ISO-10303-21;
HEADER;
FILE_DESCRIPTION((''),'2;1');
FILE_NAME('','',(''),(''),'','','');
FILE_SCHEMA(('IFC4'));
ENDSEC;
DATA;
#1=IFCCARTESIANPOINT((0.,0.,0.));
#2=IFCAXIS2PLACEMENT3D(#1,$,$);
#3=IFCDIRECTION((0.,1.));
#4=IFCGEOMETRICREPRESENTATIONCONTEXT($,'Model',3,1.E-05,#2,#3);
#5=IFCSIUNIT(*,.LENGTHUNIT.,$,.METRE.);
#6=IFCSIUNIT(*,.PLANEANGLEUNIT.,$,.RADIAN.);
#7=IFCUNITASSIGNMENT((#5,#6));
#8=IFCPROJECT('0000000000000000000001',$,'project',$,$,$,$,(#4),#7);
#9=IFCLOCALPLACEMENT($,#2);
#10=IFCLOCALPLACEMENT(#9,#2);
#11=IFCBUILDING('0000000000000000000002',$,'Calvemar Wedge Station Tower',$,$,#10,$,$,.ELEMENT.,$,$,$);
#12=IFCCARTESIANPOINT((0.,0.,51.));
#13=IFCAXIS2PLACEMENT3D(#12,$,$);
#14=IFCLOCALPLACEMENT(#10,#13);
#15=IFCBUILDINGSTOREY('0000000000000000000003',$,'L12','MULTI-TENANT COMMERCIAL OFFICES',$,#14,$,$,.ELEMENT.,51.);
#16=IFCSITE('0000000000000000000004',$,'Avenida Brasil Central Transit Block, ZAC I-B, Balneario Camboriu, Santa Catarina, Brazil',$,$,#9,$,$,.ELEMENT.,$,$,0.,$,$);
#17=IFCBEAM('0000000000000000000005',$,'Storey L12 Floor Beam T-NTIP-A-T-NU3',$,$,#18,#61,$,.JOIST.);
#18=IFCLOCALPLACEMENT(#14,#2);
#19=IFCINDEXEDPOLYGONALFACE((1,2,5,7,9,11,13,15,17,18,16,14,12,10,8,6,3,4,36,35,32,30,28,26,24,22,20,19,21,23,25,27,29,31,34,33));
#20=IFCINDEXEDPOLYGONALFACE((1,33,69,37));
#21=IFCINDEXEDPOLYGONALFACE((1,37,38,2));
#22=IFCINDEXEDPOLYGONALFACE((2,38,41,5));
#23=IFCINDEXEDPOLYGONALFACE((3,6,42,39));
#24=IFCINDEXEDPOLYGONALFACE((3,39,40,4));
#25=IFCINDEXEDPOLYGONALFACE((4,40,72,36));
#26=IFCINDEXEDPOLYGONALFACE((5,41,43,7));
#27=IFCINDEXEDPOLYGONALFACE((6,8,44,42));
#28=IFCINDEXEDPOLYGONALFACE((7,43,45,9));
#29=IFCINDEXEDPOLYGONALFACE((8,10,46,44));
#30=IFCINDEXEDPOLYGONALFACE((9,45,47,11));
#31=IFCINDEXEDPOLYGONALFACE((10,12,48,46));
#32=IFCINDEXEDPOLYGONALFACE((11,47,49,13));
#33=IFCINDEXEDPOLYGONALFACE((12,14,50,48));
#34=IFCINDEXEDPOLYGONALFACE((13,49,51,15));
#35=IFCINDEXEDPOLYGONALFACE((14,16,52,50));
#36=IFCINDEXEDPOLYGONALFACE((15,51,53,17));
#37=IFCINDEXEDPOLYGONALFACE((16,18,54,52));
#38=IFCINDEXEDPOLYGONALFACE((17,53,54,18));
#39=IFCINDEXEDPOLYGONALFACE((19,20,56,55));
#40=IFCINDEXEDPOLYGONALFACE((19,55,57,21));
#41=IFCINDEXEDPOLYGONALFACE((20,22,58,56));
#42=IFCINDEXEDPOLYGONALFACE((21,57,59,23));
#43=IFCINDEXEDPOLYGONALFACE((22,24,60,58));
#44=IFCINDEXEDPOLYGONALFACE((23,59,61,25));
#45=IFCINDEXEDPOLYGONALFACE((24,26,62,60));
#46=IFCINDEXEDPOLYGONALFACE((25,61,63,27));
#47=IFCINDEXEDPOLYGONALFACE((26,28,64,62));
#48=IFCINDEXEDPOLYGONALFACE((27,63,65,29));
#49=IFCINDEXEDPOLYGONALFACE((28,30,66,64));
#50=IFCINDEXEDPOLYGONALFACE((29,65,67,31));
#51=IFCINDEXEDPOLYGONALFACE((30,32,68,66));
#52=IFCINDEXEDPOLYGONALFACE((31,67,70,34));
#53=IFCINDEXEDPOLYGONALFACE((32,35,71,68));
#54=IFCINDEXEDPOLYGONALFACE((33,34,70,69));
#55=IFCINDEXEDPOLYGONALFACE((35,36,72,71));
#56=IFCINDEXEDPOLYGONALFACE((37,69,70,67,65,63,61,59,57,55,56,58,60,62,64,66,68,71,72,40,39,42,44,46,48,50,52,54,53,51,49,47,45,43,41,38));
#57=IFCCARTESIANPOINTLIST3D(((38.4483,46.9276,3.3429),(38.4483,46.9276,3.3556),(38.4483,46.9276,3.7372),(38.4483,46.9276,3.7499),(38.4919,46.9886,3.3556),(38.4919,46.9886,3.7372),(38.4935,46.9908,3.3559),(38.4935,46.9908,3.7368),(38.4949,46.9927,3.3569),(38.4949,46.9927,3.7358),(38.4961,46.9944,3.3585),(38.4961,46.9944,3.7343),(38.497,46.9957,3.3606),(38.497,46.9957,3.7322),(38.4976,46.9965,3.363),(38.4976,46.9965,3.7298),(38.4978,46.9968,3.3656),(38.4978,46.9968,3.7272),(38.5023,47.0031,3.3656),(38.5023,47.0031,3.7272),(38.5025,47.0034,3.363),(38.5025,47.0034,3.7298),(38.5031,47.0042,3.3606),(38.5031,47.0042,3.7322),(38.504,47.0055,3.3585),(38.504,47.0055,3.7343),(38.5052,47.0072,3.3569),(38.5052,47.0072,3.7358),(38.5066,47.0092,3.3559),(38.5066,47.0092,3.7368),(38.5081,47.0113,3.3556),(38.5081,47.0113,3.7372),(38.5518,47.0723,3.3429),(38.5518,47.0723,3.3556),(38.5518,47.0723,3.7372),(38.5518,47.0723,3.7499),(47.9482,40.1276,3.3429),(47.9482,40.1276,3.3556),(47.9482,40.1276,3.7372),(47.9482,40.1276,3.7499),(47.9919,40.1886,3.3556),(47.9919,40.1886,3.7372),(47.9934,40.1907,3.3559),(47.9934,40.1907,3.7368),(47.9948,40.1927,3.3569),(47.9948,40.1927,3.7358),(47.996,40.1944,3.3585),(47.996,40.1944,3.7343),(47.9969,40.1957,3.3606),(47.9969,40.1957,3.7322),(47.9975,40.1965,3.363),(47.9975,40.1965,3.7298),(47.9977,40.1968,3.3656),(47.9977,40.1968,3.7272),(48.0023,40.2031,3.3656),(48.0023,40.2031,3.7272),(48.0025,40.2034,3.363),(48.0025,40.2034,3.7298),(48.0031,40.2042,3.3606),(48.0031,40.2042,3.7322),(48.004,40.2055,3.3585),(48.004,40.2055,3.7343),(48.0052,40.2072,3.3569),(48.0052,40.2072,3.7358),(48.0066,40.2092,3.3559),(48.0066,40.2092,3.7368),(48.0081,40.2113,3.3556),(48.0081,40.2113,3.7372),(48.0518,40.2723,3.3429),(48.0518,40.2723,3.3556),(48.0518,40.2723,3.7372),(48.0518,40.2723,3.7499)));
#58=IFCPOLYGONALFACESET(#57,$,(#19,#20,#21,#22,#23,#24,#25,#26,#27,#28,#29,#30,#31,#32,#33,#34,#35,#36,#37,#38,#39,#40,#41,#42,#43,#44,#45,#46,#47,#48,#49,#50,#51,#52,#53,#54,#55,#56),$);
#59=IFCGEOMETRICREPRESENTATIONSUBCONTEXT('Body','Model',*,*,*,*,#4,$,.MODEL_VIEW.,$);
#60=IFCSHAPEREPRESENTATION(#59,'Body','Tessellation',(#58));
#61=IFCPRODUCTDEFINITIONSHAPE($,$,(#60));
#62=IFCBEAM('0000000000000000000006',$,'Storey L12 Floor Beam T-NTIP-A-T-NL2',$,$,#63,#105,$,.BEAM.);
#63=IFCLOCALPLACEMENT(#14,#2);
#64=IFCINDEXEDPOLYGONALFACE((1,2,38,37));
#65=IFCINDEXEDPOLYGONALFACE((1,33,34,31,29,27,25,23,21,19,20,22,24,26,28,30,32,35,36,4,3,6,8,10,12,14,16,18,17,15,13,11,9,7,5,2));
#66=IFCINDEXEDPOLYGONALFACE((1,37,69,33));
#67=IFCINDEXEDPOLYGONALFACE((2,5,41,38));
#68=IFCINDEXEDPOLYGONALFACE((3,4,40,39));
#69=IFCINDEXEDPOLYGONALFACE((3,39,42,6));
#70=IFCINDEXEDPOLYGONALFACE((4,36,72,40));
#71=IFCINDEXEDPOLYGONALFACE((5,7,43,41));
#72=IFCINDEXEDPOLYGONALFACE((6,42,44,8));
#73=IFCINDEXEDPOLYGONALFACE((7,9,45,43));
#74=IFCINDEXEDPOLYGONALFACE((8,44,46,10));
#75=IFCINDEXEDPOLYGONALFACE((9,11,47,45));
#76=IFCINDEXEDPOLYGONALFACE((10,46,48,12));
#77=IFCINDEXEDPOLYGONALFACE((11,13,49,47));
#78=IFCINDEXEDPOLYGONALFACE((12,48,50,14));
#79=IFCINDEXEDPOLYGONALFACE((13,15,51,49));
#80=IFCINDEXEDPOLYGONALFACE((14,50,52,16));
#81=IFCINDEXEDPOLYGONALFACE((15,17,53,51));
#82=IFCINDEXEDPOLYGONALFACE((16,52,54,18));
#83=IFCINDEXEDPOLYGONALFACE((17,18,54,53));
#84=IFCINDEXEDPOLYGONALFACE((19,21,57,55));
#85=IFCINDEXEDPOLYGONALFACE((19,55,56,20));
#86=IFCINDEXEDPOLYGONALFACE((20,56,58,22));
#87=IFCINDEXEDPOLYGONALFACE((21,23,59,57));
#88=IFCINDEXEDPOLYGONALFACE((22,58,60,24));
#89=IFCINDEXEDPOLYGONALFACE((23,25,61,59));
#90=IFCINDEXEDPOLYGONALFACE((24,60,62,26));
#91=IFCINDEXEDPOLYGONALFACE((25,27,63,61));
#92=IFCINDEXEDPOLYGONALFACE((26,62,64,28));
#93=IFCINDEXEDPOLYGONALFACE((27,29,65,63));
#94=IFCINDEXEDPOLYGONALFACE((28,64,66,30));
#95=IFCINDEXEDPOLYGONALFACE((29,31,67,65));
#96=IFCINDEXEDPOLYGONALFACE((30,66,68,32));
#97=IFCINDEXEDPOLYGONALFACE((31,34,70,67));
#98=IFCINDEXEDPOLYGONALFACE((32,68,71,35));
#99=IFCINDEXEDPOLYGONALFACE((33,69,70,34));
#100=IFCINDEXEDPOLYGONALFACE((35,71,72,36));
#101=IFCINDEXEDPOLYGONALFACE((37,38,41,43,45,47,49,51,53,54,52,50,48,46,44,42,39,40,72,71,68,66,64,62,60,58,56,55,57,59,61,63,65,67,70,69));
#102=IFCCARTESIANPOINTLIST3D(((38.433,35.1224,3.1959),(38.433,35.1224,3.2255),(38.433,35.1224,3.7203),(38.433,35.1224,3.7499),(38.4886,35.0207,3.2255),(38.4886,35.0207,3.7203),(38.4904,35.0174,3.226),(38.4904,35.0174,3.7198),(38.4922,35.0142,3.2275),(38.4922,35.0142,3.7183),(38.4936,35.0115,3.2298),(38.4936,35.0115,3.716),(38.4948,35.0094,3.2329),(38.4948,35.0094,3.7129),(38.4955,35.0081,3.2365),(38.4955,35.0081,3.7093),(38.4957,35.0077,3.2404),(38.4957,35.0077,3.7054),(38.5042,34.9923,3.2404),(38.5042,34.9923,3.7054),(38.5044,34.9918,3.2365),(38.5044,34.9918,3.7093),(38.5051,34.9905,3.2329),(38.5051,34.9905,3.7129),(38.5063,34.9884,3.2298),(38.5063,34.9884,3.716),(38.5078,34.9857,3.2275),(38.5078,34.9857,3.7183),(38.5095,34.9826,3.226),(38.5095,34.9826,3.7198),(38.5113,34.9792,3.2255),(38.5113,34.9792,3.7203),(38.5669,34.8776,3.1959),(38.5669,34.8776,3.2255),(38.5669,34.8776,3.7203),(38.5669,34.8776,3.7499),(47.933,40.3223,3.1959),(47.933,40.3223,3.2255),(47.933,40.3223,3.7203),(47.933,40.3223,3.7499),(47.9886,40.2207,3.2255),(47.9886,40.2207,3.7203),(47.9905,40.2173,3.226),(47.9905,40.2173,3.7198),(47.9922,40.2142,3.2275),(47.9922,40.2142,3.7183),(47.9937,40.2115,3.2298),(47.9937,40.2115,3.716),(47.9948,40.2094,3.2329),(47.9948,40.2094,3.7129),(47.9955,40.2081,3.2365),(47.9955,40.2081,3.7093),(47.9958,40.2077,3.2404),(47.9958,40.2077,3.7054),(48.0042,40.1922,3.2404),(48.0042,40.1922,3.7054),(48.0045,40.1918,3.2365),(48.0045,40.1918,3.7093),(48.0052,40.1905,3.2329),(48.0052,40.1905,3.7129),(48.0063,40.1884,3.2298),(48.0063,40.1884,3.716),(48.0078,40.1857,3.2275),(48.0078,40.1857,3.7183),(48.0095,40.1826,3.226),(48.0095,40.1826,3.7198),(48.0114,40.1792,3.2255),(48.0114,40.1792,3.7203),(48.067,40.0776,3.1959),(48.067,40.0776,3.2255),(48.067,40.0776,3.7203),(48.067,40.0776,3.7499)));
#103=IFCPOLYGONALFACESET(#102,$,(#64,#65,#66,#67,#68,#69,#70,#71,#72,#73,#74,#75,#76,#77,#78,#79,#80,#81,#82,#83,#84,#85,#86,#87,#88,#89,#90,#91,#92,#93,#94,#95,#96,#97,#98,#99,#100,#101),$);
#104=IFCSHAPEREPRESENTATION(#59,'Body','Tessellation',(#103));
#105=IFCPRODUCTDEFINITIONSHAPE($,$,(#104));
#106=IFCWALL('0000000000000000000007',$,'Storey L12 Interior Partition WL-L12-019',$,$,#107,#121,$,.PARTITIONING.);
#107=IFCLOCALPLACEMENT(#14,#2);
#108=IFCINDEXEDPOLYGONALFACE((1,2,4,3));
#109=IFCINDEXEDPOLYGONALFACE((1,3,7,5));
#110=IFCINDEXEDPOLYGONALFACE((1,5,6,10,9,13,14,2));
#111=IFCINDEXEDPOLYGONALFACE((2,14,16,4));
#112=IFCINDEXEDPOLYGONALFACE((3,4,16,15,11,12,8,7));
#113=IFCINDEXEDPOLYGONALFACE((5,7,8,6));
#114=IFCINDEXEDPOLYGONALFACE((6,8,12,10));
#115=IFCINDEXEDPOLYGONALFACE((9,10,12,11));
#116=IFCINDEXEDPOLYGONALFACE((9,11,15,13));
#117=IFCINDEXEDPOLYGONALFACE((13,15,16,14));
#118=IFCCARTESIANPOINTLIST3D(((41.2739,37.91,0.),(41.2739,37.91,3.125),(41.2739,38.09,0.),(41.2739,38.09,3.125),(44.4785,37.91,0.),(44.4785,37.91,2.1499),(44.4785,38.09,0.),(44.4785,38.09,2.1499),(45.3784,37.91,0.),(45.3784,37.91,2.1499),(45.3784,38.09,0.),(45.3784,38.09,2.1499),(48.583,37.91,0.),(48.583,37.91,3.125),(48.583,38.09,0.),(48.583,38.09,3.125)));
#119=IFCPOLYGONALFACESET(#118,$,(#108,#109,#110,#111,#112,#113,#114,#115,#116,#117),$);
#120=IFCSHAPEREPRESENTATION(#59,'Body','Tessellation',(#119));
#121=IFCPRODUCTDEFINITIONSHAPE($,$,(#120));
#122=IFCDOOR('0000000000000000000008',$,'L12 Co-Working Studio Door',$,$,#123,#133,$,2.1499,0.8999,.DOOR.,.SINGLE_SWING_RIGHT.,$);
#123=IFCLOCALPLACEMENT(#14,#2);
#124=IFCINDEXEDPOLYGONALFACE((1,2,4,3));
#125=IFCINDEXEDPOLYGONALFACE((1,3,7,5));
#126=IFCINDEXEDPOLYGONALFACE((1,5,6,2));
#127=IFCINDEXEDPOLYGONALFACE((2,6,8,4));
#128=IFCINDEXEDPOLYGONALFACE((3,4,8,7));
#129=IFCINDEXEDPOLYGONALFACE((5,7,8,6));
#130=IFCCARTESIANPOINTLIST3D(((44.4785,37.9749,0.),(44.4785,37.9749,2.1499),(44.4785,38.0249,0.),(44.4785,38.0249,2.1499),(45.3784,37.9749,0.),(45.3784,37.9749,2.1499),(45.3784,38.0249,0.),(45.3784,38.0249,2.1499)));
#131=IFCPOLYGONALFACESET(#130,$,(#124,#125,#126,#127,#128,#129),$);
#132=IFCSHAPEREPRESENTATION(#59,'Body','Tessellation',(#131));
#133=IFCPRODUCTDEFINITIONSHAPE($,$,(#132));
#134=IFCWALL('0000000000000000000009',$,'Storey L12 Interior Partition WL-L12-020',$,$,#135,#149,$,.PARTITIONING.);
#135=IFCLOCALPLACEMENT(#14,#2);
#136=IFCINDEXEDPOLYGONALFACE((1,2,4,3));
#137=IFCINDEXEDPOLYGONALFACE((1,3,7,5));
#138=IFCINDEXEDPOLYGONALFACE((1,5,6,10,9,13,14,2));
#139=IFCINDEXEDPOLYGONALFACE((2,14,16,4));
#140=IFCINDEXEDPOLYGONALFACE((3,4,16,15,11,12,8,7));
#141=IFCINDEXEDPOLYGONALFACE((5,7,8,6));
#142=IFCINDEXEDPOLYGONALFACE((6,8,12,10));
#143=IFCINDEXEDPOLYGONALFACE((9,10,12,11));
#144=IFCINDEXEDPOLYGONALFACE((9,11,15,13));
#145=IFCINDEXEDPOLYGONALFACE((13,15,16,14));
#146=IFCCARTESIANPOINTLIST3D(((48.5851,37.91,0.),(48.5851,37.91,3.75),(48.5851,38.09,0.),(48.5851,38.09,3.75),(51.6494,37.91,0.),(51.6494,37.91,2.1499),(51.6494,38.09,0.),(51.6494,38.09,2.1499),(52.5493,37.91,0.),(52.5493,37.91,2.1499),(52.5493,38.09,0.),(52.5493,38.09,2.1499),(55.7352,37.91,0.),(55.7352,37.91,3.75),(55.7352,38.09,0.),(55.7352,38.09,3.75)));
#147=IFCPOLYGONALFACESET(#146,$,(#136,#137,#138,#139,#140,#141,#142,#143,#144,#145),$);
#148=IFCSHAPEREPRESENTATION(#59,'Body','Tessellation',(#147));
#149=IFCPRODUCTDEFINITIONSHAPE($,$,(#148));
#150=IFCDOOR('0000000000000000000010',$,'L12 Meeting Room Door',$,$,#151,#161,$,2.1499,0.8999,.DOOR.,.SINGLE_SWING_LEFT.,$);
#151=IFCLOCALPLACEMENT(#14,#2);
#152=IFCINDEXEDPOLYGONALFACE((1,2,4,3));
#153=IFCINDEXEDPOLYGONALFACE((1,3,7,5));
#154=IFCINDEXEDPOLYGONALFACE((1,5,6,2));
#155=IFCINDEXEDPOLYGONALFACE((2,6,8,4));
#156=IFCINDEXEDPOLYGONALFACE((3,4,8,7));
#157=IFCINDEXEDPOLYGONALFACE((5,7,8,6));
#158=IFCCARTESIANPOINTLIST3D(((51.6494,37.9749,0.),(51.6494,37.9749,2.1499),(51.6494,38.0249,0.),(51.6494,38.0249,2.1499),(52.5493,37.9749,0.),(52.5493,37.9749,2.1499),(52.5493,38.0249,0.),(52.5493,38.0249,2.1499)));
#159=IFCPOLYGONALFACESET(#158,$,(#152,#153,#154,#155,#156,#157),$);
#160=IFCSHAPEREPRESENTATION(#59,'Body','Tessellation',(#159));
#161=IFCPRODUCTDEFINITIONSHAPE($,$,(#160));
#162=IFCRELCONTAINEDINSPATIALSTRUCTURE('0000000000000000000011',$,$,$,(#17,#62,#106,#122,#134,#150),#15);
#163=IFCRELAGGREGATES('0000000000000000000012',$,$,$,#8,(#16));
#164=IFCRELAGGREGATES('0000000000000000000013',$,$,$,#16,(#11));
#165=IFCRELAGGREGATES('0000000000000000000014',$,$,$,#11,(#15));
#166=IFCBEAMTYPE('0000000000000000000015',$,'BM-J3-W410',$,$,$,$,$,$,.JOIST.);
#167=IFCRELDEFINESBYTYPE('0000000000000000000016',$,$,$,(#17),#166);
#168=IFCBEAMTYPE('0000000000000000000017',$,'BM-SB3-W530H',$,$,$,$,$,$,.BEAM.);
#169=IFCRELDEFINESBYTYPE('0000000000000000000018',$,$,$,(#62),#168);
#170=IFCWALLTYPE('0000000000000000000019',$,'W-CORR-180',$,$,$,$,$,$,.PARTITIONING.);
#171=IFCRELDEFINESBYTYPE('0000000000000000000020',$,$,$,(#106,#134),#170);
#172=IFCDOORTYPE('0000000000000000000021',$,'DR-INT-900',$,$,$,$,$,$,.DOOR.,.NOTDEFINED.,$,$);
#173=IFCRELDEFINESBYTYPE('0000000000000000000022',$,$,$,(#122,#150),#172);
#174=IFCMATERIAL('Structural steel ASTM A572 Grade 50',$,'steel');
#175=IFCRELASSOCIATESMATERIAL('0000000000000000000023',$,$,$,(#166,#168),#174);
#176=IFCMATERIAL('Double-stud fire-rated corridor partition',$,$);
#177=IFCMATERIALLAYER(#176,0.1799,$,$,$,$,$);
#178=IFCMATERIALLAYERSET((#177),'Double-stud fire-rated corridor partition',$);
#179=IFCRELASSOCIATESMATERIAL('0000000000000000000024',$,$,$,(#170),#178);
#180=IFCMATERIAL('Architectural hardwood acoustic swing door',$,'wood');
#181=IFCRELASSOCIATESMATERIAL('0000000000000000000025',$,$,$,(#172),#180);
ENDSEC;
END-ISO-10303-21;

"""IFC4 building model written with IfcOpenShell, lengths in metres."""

from ifc_helpers import new_model, si_unit, direction, frame, frame_2d, origin, origin_2d, place, context, subcontext, project, spatial, rectangle, i_section, extrude, source, transform, mapped, material, layer, layer_set, material_profile, profile_set, type_object, element, fill, save


model = new_model("IFC4")

# Units and contexts
model_context = context("Model", 3, precision=1e-05, world=origin(), true_north=direction((0.0, 1.0)))
body_context = subcontext(model_context, "Body", "Model", "MODEL_VIEW")
ifc_project = project(units=[si_unit("LENGTHUNIT", "METRE"), si_unit("PLANEANGLEUNIT", "RADIAN")], contexts=[model_context])

# Site, building, storey
site_placement = place(None, origin())
site = spatial("IfcSite", under=ifc_project, at=site_placement, Name="Avenida Brasil Central Transit Block, ZAC I-B, Balneario Camboriu, Santa Catarina, Brazil", CompositionType="ELEMENT", RefElevation=0.0)
building_placement = place(site_placement, origin())
building = spatial("IfcBuilding", under=site, at=building_placement, Name="Calvemar Wedge Station Tower", CompositionType="ELEMENT")
storey_placement = place(building_placement, frame((0.0, 0.0, 51.0)))
storey = spatial("IfcBuildingStorey", under=building, at=storey_placement, Name="L12", Description="MULTI-TENANT COMMERCIAL OFFICES", CompositionType="ELEMENT", Elevation=51.0)

# Shared definitions
ifc_material_1 = material(Name="Structural steel ASTM A572 Grade 50", Category="steel")

# Beams
ifc_material_profile_1 = material_profile(ifc_material_1, i_section(OverallWidth=0.178, OverallDepth=0.407, WebThickness=0.0078, FlangeThickness=0.0127, FilletRadius=0.01, at=origin_2d()), Name="W410x60")
ifc_profile_set_1 = profile_set([ifc_material_profile_1], Name="Structural steel ASTM A572 Grade 50")
beam_type_1 = type_object("IfcBeamType", Name="BM-J3-W410", PredefinedType="JOIST", material=ifc_profile_set_1)
shared_shape_1 = source(origin(), body_context, "Body", "SweptSolid", [
    extrude(i_section(OverallWidth=0.178, OverallDepth=0.407, WebThickness=0.0078, FlangeThickness=0.0127, FilletRadius=0.01, at=origin_2d()), origin(), (0.0, 0.0, 1.0), 11.6829),
])
beam_1_placement = place(storey_placement, frame((48.0, 40.2, 3.5464), z_axis=(-0.813153, 0.58205, 0.0), x_axis=(-0.58205, -0.813153, 0.0)))
element("IfcBeam", 1, at=beam_1_placement, inside=storey, type_object=beam_type_1, Name="Storey L12 Floor Beam T-NTIP-A-T-NU3", PredefinedType="JOIST", context=body_context, shape_type="MappedRepresentation", body=[
    mapped(shared_shape_1, transform((0.0, 0.0, 0.0), scale=1.0)),
])
ifc_material_profile_2 = material_profile(ifc_material_1, i_section(OverallWidth=0.2791, OverallDepth=0.554, WebThickness=0.0176, FlangeThickness=0.0295, FilletRadius=0.0149, at=origin_2d()), Name="W530x196")
ifc_profile_set_2 = profile_set([ifc_material_profile_2], Name="Structural steel ASTM A572 Grade 50")
beam_type_2 = type_object("IfcBeamType", Name="BM-SB3-W530H", PredefinedType="BEAM", material=ifc_profile_set_2)
shared_shape_2 = source(origin(), body_context, "Body", "SweptSolid", [
    extrude(i_section(OverallWidth=0.2791, OverallDepth=0.554, WebThickness=0.0176, FlangeThickness=0.0295, FilletRadius=0.0149, at=origin_2d()), origin(), (0.0, 0.0, 1.0), 10.8301),
])
beam_2_placement = place(storey_placement, frame((48.0, 40.2, 3.4729), z_axis=(-0.877191, -0.480142, 0.0), x_axis=(0.480142, -0.877191, 0.0)))
element("IfcBeam", 2, at=beam_2_placement, inside=storey, type_object=beam_type_2, Name="Storey L12 Floor Beam T-NTIP-A-T-NL2", PredefinedType="BEAM", context=body_context, shape_type="MappedRepresentation", body=[
    mapped(shared_shape_2, transform((0.0, 0.0, 0.0), scale=1.0)),
])

# Walls, openings, doors
ifc_material_2 = material(Name="Double-stud fire-rated corridor partition")
ifc_layer_1 = layer(ifc_material_2, 0.1799)
ifc_layer_set_1 = layer_set([ifc_layer_1], Name="Double-stud fire-rated corridor partition")
wall_type_1 = type_object("IfcWallType", Name="W-CORR-180", PredefinedType="PARTITIONING", material=ifc_layer_set_1)
wall_1_placement = place(storey_placement, frame((41.2739, 38.0, 0.0), z_axis=(0.0, 0.0, 1.0), x_axis=(1.0, 0.0, 0.0)))
wall_1 = element("IfcWall", 3, at=wall_1_placement, inside=storey, type_object=wall_type_1, Name="Storey L12 Interior Partition WL-L12-019", PredefinedType="PARTITIONING", context=body_context, shape_type="SweptSolid", body=[
    extrude(rectangle(XDim=7.3091, YDim=0.1799, at=frame_2d((3.6545, 0.0))), origin(), (0.0, 0.0, 1.0), 3.125),
])
shared_shape_3 = source(origin(), body_context, "Body", "SweptSolid", [
    extrude(rectangle(XDim=0.8999, YDim=2.1499, at=frame_2d((0.45, 1.075))), frame((0.0, 0.1001, 0.0), z_axis=(0.0, -1.0, 0.0), x_axis=(1.0, 0.0, 0.0)), (0.0, 0.0, 1.0), 0.2),
])
opening_1_placement = place(wall_1_placement, frame((3.2046, 0.0, 0.0)))
opening_1 = element("IfcOpeningElement", 4, at=opening_1_placement, cuts=wall_1, PredefinedType="OPENING", context=body_context, shape_type="MappedRepresentation", body=[
    mapped(shared_shape_3, transform((0.0, 0.0, 0.0), scale=1.0)),
])
ifc_material_3 = material(Name="Architectural hardwood acoustic swing door", Category="wood")
door_type = type_object("IfcDoorType", Name="DR-INT-900", OperationType="NOTDEFINED", PredefinedType="DOOR", material=ifc_material_3)
shared_shape_4 = source(origin(), body_context, "Body", "SweptSolid", [
    extrude(rectangle(XDim=0.8999, YDim=2.1499, at=frame_2d((0.45, 1.075))), frame((0.0, 0.0249, 0.0), z_axis=(0.0, -1.0, 0.0), x_axis=(1.0, 0.0, 0.0)), (0.0, 0.0, 1.0), 0.05),
])
door_1_placement = place(opening_1_placement, origin())
door_1 = element("IfcDoor", 5, at=door_1_placement, inside=storey, type_object=door_type, Name="L12 Co-Working Studio Door", OperationType="SINGLE_SWING_RIGHT", OverallHeight=2.1499, OverallWidth=0.8999, PredefinedType="DOOR", context=body_context, shape_type="MappedRepresentation", body=[
    mapped(shared_shape_4, transform((0.0, 0.0, 0.0), scale=1.0)),
])
fill(opening_1, door_1)
wall_2_placement = place(storey_placement, frame((48.585, 38.0, 0.0), z_axis=(0.0, 0.0, 1.0), x_axis=(1.0, 0.0, 0.0)))
wall_2 = element("IfcWall", 6, at=wall_2_placement, inside=storey, type_object=wall_type_1, Name="Storey L12 Interior Partition WL-L12-020", PredefinedType="PARTITIONING", context=body_context, shape_type="SweptSolid", body=[
    extrude(rectangle(XDim=7.1501, YDim=0.1799, at=frame_2d((3.5752, 0.0))), origin(), (0.0, 0.0, 1.0), 3.75),
])
opening_2_placement = place(wall_2_placement, frame((3.0645, 0.0, 0.0)))
opening_2 = element("IfcOpeningElement", 7, at=opening_2_placement, cuts=wall_2, PredefinedType="OPENING", context=body_context, shape_type="MappedRepresentation", body=[
    mapped(shared_shape_3, transform((0.0, 0.0, 0.0), scale=1.0)),
])
door_2_placement = place(opening_2_placement, origin())
door_2 = element("IfcDoor", 8, at=door_2_placement, inside=storey, type_object=door_type, Name="L12 Meeting Room Door", OperationType="SINGLE_SWING_LEFT", OverallHeight=2.1499, OverallWidth=0.8999, PredefinedType="DOOR", context=body_context, shape_type="MappedRepresentation", body=[
    mapped(shared_shape_4, transform((0.0, 0.0, 0.0), scale=1.0)),
])
fill(opening_2, door_2)

save(model, "model.ifc")
